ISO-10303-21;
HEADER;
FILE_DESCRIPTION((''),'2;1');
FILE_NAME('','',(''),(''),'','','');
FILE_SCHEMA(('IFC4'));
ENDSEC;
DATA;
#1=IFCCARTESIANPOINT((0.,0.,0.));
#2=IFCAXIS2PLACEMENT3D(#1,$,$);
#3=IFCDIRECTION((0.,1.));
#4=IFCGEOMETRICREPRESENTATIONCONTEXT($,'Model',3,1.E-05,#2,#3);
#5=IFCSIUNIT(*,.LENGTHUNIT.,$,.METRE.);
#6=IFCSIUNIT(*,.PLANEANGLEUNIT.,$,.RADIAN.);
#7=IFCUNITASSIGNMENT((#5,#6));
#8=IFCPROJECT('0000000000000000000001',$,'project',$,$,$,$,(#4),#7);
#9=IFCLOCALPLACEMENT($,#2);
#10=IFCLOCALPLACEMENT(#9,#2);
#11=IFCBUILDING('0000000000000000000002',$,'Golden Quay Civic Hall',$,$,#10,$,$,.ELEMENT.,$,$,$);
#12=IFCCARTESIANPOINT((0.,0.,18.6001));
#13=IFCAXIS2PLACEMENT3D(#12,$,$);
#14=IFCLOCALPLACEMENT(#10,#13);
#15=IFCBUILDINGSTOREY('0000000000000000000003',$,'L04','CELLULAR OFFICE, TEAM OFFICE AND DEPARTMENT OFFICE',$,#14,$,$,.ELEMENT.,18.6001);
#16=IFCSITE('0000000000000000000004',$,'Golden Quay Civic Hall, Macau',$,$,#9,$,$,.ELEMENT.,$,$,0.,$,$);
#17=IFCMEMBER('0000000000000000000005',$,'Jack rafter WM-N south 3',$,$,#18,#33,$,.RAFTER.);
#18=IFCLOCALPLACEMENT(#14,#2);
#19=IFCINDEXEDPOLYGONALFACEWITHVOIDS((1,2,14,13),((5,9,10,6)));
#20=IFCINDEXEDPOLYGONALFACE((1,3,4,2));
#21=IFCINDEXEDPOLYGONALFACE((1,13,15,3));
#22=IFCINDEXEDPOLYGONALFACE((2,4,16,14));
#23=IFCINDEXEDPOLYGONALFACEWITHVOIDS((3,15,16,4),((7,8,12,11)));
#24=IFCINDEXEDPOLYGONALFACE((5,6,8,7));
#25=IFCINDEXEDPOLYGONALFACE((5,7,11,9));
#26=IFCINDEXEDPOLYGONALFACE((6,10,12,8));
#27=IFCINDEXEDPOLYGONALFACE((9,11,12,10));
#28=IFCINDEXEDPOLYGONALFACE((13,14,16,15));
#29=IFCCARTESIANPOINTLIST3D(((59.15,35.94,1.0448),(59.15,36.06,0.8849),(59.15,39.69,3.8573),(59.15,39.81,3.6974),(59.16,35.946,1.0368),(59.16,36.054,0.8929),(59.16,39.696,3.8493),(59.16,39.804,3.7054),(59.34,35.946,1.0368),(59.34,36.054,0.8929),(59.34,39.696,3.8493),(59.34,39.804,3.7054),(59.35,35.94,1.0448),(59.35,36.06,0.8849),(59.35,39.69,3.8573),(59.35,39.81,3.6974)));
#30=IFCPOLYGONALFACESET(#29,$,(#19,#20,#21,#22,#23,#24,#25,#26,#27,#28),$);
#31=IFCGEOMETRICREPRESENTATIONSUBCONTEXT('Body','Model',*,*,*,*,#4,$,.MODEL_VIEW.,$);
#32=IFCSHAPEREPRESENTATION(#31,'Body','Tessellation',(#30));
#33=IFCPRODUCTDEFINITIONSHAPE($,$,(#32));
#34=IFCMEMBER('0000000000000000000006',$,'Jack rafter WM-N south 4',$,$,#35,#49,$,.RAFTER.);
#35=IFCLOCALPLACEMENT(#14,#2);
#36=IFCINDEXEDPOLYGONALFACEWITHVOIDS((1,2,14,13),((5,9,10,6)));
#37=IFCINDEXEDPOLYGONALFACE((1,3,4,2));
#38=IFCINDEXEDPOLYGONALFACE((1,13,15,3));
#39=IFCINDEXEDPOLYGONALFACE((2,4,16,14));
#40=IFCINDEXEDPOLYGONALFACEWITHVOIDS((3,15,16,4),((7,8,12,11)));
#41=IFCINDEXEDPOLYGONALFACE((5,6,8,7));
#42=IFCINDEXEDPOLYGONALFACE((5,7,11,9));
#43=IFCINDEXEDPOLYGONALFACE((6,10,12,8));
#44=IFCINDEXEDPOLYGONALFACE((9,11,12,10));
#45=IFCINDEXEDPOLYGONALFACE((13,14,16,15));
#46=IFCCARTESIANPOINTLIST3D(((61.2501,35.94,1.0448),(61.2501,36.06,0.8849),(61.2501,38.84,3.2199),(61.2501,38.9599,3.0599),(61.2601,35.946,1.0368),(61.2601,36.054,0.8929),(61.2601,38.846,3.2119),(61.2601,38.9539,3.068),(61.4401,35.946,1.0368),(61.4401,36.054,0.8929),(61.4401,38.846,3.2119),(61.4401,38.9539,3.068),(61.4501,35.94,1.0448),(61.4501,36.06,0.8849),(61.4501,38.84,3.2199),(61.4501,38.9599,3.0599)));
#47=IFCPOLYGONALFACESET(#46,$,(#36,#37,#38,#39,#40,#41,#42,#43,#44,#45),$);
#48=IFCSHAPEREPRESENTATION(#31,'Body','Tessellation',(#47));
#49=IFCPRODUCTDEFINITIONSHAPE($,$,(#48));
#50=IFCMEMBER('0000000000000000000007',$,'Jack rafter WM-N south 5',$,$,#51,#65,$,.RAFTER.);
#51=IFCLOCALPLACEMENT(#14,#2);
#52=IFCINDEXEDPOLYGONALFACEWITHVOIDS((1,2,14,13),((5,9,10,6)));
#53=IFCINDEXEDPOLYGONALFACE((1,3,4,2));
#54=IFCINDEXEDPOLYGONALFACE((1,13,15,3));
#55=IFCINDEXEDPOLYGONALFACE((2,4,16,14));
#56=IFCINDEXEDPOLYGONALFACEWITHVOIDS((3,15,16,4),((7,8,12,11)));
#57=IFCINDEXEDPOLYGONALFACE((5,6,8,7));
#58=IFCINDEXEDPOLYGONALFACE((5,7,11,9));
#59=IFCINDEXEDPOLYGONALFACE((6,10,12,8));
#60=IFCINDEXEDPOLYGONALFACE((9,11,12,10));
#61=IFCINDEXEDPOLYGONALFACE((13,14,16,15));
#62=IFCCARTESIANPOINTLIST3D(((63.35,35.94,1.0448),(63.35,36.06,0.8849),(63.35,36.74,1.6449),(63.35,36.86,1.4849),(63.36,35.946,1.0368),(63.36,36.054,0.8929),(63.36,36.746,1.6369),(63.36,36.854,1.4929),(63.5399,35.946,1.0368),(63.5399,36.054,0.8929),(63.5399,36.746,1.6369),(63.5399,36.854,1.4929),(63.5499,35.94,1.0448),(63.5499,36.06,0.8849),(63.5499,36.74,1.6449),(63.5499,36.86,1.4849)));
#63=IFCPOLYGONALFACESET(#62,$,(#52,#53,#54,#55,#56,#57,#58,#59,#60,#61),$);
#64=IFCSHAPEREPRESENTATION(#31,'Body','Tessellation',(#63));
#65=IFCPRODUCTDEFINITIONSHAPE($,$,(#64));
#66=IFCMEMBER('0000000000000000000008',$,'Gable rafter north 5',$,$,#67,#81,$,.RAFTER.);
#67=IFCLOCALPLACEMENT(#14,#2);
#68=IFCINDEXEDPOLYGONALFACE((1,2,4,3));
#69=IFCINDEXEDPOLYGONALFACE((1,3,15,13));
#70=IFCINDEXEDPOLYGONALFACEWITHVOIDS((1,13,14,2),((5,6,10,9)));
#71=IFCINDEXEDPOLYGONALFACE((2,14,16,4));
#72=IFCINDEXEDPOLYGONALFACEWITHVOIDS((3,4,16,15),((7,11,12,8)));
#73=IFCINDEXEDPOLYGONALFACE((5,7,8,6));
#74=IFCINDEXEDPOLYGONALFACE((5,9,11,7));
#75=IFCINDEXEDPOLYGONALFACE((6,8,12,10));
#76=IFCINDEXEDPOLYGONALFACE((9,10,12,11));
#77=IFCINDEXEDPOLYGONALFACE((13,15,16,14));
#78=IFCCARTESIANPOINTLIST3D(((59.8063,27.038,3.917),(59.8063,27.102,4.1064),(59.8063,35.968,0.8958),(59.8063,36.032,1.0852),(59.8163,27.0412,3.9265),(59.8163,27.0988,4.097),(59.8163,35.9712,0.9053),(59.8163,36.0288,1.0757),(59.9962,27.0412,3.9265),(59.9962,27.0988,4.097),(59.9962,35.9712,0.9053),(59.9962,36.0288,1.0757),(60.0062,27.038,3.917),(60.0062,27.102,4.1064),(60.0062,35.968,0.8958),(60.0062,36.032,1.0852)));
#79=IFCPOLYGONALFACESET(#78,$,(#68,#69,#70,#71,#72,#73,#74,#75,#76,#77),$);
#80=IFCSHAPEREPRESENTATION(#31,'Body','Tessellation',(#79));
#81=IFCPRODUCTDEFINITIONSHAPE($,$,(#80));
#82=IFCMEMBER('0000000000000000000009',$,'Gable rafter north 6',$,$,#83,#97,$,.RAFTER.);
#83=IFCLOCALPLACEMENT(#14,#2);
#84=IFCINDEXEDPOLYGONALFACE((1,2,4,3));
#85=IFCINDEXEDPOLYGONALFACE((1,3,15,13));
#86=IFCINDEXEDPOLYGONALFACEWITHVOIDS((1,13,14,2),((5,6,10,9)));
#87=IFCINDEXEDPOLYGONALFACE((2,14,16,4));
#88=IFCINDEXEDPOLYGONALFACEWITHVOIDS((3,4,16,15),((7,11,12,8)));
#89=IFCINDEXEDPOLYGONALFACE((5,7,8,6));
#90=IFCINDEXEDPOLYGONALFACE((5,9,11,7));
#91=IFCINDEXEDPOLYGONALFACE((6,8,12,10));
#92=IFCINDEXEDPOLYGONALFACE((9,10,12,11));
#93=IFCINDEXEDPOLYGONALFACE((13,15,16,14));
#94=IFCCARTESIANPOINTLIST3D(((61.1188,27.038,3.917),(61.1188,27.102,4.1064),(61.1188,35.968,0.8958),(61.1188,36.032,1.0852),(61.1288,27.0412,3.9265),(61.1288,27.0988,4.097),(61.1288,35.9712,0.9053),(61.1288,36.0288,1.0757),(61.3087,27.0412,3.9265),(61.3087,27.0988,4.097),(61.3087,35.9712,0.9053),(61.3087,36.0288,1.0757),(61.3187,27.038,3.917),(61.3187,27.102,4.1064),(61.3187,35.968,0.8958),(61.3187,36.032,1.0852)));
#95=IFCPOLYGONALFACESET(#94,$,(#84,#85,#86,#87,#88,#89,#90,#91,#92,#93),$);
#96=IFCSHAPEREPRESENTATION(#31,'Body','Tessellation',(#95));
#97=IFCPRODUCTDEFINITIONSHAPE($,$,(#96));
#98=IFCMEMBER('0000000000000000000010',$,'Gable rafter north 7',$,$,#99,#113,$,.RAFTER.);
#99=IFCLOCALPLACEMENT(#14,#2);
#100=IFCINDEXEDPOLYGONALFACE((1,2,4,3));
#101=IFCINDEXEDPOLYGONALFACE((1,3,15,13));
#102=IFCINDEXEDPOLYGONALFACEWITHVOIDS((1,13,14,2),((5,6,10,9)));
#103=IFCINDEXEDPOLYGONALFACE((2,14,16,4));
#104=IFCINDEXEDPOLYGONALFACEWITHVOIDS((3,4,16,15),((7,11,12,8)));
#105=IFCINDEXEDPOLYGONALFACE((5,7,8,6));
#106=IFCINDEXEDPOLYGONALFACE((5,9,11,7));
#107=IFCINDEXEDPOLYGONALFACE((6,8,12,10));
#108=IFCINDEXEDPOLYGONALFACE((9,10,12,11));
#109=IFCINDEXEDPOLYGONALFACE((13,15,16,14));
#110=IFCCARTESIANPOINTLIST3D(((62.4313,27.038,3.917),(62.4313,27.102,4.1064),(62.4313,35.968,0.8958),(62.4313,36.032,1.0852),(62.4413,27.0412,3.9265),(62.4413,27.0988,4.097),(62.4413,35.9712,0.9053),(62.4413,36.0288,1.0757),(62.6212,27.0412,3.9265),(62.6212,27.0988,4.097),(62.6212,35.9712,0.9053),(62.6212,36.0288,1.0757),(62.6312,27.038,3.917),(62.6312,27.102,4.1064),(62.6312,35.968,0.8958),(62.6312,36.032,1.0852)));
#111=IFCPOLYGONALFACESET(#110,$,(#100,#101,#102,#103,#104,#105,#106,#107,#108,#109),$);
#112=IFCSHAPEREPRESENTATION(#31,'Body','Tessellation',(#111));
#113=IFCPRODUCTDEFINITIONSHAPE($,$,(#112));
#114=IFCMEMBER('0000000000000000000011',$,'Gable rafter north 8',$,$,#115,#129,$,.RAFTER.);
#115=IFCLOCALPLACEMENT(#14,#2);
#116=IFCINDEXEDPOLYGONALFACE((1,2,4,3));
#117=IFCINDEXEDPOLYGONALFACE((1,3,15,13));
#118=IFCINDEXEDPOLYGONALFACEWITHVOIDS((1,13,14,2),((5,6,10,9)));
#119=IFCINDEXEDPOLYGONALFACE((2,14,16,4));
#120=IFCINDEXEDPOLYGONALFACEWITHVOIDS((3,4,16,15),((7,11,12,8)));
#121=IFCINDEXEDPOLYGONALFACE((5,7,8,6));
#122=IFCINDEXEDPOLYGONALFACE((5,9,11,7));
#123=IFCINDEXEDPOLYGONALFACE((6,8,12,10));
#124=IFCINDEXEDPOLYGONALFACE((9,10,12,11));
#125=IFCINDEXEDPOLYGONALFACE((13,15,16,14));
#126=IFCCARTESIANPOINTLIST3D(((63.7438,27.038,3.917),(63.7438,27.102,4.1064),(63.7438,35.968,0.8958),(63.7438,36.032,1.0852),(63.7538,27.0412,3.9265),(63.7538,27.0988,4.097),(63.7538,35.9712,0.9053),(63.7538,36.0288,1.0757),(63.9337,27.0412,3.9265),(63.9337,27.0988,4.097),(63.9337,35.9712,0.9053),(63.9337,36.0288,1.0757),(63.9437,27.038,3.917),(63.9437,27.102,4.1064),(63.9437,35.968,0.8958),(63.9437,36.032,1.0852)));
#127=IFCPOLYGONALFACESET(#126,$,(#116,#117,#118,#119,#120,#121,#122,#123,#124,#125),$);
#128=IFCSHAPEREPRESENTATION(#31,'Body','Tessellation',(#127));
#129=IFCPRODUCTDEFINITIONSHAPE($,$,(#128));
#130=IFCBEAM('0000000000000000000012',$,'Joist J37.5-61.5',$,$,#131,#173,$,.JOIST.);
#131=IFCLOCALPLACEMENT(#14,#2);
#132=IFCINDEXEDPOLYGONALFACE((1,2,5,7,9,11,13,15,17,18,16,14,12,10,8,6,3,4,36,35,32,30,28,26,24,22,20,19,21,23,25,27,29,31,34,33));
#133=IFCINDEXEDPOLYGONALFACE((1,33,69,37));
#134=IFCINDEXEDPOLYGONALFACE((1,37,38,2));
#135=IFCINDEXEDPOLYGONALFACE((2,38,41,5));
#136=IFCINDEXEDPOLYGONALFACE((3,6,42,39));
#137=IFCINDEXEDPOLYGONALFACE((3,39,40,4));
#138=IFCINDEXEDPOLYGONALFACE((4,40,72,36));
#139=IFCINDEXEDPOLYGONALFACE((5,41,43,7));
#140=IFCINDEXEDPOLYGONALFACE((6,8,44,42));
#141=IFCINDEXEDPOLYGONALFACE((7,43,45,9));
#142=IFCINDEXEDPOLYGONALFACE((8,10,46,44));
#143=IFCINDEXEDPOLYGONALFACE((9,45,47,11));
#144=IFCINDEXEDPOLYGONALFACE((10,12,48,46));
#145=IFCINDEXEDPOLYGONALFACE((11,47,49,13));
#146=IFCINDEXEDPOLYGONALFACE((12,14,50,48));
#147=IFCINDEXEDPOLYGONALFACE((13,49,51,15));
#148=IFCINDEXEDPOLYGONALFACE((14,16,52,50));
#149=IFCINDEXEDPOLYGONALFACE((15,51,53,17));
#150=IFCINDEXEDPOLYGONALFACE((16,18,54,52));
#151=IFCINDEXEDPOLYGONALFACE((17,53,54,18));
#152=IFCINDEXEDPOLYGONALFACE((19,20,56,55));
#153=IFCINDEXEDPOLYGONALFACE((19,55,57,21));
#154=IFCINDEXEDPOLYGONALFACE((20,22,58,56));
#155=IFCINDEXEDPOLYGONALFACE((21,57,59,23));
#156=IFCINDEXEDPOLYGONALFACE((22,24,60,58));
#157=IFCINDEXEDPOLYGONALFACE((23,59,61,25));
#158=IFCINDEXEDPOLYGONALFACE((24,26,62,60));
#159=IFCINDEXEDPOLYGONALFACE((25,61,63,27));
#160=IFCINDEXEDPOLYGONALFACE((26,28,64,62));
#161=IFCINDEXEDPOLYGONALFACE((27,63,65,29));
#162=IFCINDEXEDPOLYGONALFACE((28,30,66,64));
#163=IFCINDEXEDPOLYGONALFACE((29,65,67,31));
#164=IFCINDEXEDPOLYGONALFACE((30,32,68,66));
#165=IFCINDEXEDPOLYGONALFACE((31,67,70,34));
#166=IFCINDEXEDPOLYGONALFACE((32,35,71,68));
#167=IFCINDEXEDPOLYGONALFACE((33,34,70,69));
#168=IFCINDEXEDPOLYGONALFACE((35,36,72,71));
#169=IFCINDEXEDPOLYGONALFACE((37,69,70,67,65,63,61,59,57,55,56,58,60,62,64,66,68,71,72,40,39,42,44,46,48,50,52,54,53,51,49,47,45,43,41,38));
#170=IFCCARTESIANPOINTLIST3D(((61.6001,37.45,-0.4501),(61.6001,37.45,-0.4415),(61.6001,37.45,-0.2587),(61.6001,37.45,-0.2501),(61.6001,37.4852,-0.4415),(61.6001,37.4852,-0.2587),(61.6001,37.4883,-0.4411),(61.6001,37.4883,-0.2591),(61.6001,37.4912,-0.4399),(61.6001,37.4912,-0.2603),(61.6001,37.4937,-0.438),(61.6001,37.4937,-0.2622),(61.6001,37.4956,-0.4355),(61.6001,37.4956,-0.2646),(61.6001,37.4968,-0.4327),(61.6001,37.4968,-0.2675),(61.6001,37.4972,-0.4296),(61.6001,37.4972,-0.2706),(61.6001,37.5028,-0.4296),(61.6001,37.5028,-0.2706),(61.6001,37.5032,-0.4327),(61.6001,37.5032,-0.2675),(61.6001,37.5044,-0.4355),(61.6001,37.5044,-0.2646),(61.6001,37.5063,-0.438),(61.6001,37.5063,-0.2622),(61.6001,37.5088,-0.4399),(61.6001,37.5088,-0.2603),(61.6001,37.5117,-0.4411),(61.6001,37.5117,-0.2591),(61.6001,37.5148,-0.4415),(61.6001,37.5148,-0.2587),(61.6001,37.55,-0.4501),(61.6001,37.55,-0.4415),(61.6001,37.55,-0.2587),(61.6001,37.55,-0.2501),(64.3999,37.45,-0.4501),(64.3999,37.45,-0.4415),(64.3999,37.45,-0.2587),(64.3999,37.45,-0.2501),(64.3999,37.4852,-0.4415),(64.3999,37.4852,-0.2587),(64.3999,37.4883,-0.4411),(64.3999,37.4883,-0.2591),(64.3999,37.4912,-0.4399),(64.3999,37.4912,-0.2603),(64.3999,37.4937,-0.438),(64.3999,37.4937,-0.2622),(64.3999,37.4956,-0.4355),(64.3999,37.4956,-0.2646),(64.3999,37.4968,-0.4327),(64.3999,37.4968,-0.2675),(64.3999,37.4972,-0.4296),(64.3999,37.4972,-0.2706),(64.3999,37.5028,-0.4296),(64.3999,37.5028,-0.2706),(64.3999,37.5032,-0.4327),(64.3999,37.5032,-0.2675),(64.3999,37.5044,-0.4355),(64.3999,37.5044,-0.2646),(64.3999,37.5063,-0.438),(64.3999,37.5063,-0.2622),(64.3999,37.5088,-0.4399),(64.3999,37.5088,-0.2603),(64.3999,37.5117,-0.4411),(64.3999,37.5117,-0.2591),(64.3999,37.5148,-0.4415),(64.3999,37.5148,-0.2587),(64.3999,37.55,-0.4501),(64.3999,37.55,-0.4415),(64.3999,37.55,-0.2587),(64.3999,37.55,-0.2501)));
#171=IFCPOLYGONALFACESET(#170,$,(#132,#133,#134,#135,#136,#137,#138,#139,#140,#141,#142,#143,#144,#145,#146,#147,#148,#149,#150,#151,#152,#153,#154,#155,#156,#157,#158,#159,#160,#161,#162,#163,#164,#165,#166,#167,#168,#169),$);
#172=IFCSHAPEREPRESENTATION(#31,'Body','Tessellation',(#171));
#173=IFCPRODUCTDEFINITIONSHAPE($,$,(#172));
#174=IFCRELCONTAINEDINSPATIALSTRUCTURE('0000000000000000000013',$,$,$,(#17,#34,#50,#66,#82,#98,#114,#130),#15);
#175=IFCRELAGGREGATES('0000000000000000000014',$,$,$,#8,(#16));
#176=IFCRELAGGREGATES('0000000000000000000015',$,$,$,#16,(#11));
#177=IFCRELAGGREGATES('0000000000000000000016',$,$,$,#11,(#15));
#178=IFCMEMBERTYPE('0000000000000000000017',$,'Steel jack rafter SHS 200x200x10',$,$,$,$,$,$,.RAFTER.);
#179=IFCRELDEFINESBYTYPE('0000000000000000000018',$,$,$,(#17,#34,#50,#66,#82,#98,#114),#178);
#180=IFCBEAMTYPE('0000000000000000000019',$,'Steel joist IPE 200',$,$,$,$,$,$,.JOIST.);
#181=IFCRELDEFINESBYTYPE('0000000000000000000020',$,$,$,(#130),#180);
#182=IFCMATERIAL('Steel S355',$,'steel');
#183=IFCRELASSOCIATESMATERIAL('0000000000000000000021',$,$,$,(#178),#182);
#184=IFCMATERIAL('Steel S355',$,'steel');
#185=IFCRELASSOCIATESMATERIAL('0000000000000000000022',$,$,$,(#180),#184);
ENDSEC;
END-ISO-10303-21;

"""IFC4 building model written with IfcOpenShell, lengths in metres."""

from ifc_helpers import new_model, si_unit, direction, frame, origin, origin_2d, place, context, subcontext, project, spatial, hollow_rectangle, i_section, extrude, material, material_profile, profile_set, type_object, element, save


model = new_model("IFC4")

# Units and contexts
model_context = context("Model", 3, precision=1e-05, world=origin(), true_north=direction((0.0, 1.0)))
body_context = subcontext(model_context, "Body", "Model", "MODEL_VIEW")
ifc_project = project(units=[si_unit("LENGTHUNIT", "METRE"), si_unit("PLANEANGLEUNIT", "RADIAN")], contexts=[model_context])

# Site, building, storey
site_placement = place(None, origin())
site = spatial("IfcSite", under=ifc_project, at=site_placement, Name="Golden Quay Civic Hall, Macau", CompositionType="ELEMENT", RefElevation=0.0)
building_placement = place(site_placement, origin())
building = spatial("IfcBuilding", under=site, at=building_placement, Name="Golden Quay Civic Hall", CompositionType="ELEMENT")
storey_placement = place(building_placement, frame((0.0, 0.0, 18.6001)))
storey = spatial("IfcBuildingStorey", under=building, at=storey_placement, Name="L04", Description="CELLULAR OFFICE, TEAM OFFICE AND DEPARTMENT OFFICE", CompositionType="ELEMENT", Elevation=18.6001)

# Members
ifc_material_1 = material(Name="Steel S355", Category="steel")
ifc_material_profile_1 = material_profile(ifc_material_1, hollow_rectangle(XDim=0.2, YDim=0.2, WallThickness=0.01, at=origin_2d()), Name="SHS 200x200x10")
ifc_profile_set_1 = profile_set([ifc_material_profile_1], Name="Steel S355")
member_type_1 = type_object("IfcMemberType", Name="Steel jack rafter SHS 200x200x10", PredefinedType="RAFTER", material=ifc_profile_set_1)
member_1_placement = place(storey_placement, frame((59.25, 36.0, 0.9648), z_axis=(0.0, 0.8, 0.6), x_axis=(-1.0, 0.0, 0.0)))
element("IfcMember", 1, at=member_1_placement, inside=storey, type_object=member_type_1, Name="Jack rafter WM-N south 3", PredefinedType="RAFTER", context=body_context, shape_type="SweptSolid", body=[
    extrude(hollow_rectangle(XDim=0.2, YDim=0.2, WallThickness=0.01, at=origin_2d()), origin(), (0.0, 0.0, 1.0), 4.6875),
])
member_2_placement = place(storey_placement, frame((61.3501, 36.0, 0.9648), z_axis=(0.0, 0.799984, 0.600022), x_axis=(-1.0, 0.0, 0.0)))
element("IfcMember", 2, at=member_2_placement, inside=storey, type_object=member_type_1, Name="Jack rafter WM-N south 4", PredefinedType="RAFTER", context=body_context, shape_type="SweptSolid", body=[
    extrude(hollow_rectangle(XDim=0.2, YDim=0.2, WallThickness=0.01, at=origin_2d()), origin(), (0.0, 0.0, 1.0), 3.625),
])
member_3_placement = place(storey_placement, frame((63.45, 36.0, 0.9648), z_axis=(0.0, 0.799971, 0.600039), x_axis=(-1.0, 0.0, 0.0)))
element("IfcMember", 3, at=member_3_placement, inside=storey, type_object=member_type_1, Name="Jack rafter WM-N south 5", PredefinedType="RAFTER", context=body_context, shape_type="SweptSolid", body=[
    extrude(hollow_rectangle(XDim=0.2, YDim=0.2, WallThickness=0.01, at=origin_2d()), origin(), (0.0, 0.0, 1.0), 1.0),
])
for number, where, z_axis, x_axis, name in (
    (4, (59.9062, 36.0, 0.9905), (0.0, -0.947255, 0.320482), (1.0, 0.0, 0.0), "Gable rafter north 5"),
    (5, (61.2188, 36.0, 0.9905), (0.0, -0.947255, 0.320482), (1.0, 0.0, 0.0), "Gable rafter north 6"),
    (6, (62.5312, 36.0, 0.9905), (0.0, -0.947255, 0.320482), (1.0, 0.0, 0.0), "Gable rafter north 7"),
    (7, (63.8438, 36.0, 0.9905), (0.0, -0.947255, 0.320482), (1.0, 0.0, 0.0), "Gable rafter north 8"),
):
    element("IfcMember", number, at=place(storey_placement, frame(where, z_axis=z_axis, x_axis=x_axis)), inside=storey, type_object=member_type_1, Name=name, PredefinedType="RAFTER", context=body_context, shape_type="SweptSolid", body=[
        extrude(hollow_rectangle(XDim=0.2, YDim=0.2, WallThickness=0.01, at=origin_2d()), origin(), (0.0, 0.0, 1.0), 9.4272),
    ])

# Beam
ifc_material_2 = material(Name="Steel S355", Category="steel")
ifc_material_profile_2 = material_profile(ifc_material_2, i_section(OverallWidth=0.1001, OverallDepth=0.2, WebThickness=0.0056, FlangeThickness=0.0085, FilletRadius=0.012, at=origin_2d()), Name="IPE 200")
ifc_profile_set_2 = profile_set([ifc_material_profile_2], Name="Steel S355")
beam_type_1 = type_object("IfcBeamType", Name="Steel joist IPE 200", PredefinedType="JOIST", material=ifc_profile_set_2)
for number, where, z_axis, x_axis, name in (
    (8, (61.6001, 37.5, -0.3501), (1.0, 0.0, 0.0), (0.0, 1.0, 0.0), "Joist J37.5-61.5"),
):
    element("IfcBeam", number, at=place(storey_placement, frame(where, z_axis=z_axis, x_axis=x_axis)), inside=storey, type_object=beam_type_1, Name=name, PredefinedType="JOIST", context=body_context, shape_type="SweptSolid", body=[
        extrude(i_section(OverallWidth=0.1001, OverallDepth=0.2, WebThickness=0.0056, FlangeThickness=0.0085, FilletRadius=0.012, at=origin_2d()), origin(), (0.0, 0.0, 1.0), 2.7998),
    ])

save(model, "model.ifc")
